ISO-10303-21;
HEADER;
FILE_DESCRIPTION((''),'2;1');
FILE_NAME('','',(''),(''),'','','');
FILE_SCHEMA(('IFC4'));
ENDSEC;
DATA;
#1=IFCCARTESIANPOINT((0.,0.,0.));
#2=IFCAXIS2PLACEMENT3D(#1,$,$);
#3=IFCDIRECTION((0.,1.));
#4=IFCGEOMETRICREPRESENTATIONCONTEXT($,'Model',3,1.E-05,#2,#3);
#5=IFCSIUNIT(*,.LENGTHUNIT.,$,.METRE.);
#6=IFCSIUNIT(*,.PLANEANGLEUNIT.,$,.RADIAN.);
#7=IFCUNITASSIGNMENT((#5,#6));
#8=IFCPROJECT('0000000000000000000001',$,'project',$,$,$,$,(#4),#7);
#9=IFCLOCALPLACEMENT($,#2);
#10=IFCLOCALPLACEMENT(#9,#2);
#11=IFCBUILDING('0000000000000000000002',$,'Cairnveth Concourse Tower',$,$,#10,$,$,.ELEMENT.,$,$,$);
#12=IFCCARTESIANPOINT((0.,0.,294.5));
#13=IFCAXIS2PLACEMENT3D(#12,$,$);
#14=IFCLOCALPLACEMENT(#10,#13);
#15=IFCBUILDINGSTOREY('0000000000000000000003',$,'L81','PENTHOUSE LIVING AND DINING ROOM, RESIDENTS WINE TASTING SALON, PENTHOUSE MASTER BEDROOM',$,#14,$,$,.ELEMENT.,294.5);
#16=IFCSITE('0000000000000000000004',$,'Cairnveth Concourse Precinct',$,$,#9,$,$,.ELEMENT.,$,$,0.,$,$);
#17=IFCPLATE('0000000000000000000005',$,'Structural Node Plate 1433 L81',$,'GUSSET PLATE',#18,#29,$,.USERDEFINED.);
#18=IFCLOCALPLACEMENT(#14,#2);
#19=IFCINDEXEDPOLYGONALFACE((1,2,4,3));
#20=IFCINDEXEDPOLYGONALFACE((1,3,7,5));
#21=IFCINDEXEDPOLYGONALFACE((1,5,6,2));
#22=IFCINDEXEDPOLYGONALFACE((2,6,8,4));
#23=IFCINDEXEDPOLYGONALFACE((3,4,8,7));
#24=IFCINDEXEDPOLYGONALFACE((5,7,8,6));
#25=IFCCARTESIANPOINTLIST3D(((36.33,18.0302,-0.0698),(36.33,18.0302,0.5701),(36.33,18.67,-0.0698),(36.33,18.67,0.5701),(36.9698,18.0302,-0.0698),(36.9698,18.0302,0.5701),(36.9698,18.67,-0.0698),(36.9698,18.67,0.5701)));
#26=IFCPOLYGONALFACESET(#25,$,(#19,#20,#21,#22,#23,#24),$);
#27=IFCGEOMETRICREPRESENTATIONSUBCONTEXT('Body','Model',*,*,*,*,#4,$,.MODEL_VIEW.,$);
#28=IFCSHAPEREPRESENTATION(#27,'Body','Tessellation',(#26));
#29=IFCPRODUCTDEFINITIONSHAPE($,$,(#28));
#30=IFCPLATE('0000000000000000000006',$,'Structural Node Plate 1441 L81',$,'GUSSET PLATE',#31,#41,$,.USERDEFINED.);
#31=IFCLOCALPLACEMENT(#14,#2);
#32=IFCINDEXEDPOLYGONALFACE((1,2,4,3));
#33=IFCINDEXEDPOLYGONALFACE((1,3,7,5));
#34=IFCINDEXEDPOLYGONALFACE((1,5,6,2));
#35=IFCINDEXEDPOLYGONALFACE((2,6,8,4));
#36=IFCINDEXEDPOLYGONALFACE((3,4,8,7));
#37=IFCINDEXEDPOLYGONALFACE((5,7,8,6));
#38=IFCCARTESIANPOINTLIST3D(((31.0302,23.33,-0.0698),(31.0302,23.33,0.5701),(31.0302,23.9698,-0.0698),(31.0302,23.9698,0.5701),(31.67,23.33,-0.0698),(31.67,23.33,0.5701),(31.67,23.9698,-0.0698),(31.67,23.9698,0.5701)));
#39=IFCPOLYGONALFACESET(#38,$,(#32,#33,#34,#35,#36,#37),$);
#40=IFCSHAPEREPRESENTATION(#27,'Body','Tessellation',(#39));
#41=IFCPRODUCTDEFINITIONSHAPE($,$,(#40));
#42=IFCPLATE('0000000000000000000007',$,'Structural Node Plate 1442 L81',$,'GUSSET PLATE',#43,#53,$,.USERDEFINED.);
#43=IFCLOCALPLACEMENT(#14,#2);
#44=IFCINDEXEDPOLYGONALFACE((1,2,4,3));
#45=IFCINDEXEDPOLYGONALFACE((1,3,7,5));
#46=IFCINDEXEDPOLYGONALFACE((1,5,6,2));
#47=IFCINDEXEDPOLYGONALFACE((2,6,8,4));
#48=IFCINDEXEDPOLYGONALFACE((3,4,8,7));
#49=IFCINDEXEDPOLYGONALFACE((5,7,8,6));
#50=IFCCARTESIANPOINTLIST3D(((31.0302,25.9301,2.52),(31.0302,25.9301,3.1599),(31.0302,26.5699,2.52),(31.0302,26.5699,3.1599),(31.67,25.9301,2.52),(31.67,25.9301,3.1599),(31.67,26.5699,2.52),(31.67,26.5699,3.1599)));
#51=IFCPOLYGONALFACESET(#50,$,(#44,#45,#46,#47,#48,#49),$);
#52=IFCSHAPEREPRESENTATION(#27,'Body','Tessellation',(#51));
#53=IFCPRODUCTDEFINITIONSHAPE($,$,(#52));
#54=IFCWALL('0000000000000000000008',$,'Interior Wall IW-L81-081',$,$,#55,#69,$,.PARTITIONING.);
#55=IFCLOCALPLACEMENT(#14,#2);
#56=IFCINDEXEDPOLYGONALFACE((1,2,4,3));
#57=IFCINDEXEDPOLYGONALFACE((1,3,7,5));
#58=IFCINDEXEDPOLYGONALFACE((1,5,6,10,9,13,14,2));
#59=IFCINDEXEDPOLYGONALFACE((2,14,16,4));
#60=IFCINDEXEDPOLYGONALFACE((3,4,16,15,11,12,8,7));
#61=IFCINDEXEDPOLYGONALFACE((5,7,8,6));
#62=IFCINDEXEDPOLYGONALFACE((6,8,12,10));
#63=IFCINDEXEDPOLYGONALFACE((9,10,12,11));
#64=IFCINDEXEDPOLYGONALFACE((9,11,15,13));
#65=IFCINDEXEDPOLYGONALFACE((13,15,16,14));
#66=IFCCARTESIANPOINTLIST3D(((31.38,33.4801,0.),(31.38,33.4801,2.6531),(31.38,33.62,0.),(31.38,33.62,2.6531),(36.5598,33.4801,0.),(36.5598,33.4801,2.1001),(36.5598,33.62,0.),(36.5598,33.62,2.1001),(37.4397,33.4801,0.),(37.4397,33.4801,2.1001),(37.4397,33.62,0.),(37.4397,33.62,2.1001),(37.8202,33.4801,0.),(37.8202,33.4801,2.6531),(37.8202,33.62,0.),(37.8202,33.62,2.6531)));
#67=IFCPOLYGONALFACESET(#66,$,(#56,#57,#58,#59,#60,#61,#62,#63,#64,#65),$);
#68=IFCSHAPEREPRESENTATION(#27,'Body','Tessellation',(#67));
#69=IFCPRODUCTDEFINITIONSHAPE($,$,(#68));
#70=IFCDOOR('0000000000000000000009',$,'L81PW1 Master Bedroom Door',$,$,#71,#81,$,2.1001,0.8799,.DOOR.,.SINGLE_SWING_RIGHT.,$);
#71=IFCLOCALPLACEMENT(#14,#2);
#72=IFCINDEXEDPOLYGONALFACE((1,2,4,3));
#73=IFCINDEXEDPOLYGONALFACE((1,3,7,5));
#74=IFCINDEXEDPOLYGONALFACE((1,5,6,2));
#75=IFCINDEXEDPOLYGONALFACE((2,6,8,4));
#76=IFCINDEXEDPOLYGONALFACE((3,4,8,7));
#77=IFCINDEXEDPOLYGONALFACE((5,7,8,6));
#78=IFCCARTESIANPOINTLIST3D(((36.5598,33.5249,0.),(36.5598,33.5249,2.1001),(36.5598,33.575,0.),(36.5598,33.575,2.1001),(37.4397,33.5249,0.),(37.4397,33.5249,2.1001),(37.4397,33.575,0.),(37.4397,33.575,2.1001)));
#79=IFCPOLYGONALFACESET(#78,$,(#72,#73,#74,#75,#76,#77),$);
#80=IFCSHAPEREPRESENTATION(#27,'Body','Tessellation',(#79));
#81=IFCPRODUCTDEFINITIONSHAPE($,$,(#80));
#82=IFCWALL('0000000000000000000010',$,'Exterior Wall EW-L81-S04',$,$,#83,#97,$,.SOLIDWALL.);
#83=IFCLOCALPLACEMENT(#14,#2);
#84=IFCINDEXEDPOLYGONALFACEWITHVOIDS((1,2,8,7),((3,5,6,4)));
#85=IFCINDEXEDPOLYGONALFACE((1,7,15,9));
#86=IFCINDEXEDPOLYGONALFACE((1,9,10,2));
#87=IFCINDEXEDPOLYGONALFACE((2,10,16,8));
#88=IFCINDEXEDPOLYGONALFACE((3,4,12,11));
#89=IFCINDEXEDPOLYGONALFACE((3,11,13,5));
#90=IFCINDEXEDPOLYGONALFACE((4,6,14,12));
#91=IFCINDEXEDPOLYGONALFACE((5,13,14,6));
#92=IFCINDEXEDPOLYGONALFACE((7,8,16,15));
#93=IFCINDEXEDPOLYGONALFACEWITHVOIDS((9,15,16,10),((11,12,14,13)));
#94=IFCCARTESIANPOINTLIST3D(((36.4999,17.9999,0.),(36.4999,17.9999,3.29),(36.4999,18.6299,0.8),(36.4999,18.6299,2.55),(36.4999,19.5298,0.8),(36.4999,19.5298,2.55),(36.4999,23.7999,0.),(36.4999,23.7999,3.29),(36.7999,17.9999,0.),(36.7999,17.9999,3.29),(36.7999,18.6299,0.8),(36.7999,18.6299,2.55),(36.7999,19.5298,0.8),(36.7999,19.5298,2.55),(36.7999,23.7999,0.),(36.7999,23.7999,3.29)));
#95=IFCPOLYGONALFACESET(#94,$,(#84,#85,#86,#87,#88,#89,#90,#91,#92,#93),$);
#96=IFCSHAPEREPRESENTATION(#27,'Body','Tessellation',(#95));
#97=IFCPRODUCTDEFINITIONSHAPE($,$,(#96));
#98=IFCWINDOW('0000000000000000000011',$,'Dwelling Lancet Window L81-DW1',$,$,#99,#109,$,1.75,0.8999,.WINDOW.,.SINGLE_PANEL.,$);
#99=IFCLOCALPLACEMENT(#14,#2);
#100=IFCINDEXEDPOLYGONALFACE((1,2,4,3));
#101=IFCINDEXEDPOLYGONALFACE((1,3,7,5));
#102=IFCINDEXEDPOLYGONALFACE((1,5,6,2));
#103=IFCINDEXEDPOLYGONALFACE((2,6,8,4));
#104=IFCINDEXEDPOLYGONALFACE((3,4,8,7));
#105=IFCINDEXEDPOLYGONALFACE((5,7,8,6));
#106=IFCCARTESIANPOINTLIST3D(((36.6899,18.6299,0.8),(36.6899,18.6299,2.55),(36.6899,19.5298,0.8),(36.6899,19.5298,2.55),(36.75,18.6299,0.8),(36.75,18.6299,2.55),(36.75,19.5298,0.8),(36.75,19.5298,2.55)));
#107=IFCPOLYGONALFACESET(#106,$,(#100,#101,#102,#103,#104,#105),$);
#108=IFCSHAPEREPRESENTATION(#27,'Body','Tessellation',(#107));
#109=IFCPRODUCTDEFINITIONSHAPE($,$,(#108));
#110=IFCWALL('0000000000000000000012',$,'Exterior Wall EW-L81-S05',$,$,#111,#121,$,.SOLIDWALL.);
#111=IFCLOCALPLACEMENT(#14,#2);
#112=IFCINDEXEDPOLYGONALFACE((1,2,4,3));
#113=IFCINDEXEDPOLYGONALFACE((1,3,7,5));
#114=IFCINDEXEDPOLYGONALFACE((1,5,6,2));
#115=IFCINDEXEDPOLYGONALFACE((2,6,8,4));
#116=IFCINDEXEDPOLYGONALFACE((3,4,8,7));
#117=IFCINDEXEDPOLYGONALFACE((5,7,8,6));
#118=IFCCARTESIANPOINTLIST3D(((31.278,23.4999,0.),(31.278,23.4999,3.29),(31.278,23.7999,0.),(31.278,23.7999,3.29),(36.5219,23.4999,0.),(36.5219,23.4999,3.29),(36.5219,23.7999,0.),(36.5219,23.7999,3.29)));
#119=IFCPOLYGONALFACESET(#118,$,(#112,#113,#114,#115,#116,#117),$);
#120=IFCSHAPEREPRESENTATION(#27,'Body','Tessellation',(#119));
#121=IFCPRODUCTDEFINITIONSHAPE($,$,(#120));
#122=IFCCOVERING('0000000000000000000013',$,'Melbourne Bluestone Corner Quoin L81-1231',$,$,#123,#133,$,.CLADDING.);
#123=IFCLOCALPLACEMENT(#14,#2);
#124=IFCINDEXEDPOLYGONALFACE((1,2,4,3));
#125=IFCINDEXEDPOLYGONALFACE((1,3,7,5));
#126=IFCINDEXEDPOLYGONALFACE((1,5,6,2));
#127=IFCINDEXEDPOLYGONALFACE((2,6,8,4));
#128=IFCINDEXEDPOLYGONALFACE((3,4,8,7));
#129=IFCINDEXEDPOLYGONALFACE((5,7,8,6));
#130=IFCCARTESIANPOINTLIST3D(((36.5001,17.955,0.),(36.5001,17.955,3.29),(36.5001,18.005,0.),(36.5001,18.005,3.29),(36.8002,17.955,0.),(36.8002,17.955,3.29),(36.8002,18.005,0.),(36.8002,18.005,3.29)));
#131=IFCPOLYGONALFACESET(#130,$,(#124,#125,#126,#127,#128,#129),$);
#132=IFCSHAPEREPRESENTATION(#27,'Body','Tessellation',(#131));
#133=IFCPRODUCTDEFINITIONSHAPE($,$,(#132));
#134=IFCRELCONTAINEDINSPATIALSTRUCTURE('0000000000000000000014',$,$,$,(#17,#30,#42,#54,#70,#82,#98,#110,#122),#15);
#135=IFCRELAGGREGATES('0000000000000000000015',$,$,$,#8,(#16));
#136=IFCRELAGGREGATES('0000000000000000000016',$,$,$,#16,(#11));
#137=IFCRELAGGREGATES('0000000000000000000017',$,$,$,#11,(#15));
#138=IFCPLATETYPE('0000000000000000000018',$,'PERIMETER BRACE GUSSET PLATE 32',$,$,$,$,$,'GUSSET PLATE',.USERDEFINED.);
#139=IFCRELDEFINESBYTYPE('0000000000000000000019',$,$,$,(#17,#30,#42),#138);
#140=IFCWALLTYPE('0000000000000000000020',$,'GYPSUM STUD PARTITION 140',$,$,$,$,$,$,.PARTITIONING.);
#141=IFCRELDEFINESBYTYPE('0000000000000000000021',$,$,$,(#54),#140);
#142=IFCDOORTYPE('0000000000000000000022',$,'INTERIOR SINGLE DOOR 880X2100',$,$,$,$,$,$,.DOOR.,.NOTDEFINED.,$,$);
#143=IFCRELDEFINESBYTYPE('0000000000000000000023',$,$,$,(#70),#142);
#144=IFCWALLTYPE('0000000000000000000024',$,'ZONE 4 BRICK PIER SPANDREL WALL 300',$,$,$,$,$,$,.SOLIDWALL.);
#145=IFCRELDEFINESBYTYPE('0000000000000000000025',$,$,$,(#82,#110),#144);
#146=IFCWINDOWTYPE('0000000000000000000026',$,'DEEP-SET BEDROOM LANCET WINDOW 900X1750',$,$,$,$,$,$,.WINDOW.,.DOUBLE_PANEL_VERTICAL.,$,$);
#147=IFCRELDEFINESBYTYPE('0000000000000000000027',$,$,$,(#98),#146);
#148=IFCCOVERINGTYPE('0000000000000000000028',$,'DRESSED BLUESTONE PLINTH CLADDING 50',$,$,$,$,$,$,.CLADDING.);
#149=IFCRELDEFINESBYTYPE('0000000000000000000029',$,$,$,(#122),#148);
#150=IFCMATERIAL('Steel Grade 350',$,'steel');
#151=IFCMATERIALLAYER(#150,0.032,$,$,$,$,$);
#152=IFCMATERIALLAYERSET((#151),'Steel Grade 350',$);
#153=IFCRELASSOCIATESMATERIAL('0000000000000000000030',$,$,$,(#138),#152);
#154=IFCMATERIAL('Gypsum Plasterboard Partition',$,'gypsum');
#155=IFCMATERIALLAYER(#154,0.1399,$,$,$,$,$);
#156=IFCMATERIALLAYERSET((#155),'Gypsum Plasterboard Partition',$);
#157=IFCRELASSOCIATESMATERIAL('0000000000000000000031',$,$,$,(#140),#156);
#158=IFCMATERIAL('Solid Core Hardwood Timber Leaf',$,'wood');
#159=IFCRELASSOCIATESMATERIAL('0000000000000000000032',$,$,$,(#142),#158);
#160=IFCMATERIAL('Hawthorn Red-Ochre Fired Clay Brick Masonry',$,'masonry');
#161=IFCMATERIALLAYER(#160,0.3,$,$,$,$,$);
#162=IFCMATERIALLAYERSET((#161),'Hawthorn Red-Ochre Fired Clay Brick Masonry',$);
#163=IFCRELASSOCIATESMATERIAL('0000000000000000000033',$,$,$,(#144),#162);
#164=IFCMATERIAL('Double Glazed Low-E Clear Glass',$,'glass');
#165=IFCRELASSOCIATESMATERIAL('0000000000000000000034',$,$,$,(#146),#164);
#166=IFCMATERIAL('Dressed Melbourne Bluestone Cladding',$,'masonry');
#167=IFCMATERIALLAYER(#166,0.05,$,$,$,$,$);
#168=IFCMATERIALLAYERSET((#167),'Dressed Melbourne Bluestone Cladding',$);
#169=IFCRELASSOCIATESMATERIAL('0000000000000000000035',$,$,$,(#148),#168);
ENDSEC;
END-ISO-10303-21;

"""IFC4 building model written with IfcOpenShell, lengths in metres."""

from ifc_helpers import new_model, si_unit, direction, frame, frame_2d, origin, origin_2d, place, context, subcontext, project, spatial, rectangle, extrude, material, layer, layer_set, type_object, element, fill, save


model = new_model("IFC4")

# Units and contexts
model_context = context("Model", 3, precision=1e-05, world=origin(), true_north=direction((0.0, 1.0)))
body_context = subcontext(model_context, "Body", "Model", "MODEL_VIEW")
ifc_project = project(units=[si_unit("LENGTHUNIT", "METRE"), si_unit("PLANEANGLEUNIT", "RADIAN")], contexts=[model_context])

# Site, building, storey
site_placement = place(None, origin())
site = spatial("IfcSite", under=ifc_project, at=site_placement, Name="Cairnveth Concourse Precinct", CompositionType="ELEMENT", RefElevation=0.0)
building_placement = place(site_placement, origin())
building = spatial("IfcBuilding", under=site, at=building_placement, Name="Cairnveth Concourse Tower", CompositionType="ELEMENT")
storey_placement = place(building_placement, frame((0.0, 0.0, 294.5)))
storey = spatial("IfcBuildingStorey", under=building, at=storey_placement, Name="L81", Description="PENTHOUSE LIVING AND DINING ROOM, RESIDENTS WINE TASTING SALON, PENTHOUSE MASTER BEDROOM", CompositionType="ELEMENT", Elevation=294.5)

# Shared definitions
ifc_material_1 = material(Name="Steel Grade 350", Category="steel")

# Plates
ifc_layer_1 = layer(ifc_material_1, 0.032)
ifc_layer_set_1 = layer_set([ifc_layer_1], Name="Steel Grade 350")
plate_type = type_object("IfcPlateType", Name="PERIMETER BRACE GUSSET PLATE 32", ElementType="GUSSET PLATE", PredefinedType="USERDEFINED", material=ifc_layer_set_1)
for number, where, z_axis, x_axis, name in (
    (1, (36.6499, 18.3501, -0.0698), (0.0, 0.0, 1.0), (1.0, 0.0, 0.0), "Structural Node Plate 1433 L81"),
    (2, (31.3501, 23.6499, -0.0698), (0.0, 0.0, 1.0), (1.0, 0.0, 0.0), "Structural Node Plate 1441 L81"),
    (3, (31.3501, 26.25, 2.52), (0.0, 0.0, 1.0), (1.0, 0.0, 0.0), "Structural Node Plate 1442 L81"),
):
    element("IfcPlate", number, at=place(storey_placement, frame(where, z_axis=z_axis, x_axis=x_axis)), inside=storey, type_object=plate_type, Name=name, ObjectType="GUSSET PLATE", PredefinedType="USERDEFINED", context=body_context, shape_type="SweptSolid", body=[
        extrude(rectangle(XDim=0.6399, YDim=0.6399, at=origin_2d()), origin(), (0.0, 0.0, 1.0), 0.6399),
    ])

# Wall, opening, door
ifc_material_2 = material(Name="Gypsum Plasterboard Partition", Category="gypsum")
ifc_layer_2 = layer(ifc_material_2, 0.1399)
ifc_layer_set_2 = layer_set([ifc_layer_2], Name="Gypsum Plasterboard Partition")
wall_type_1 = type_object("IfcWallType", Name="GYPSUM STUD PARTITION 140", PredefinedType="PARTITIONING", material=ifc_layer_set_2)
wall_1_placement = place(storey_placement, frame((31.3799, 33.55, 0.0), z_axis=(0.0, 0.0, 1.0), x_axis=(1.0, 0.0, 0.0)))
wall_1 = element("IfcWall", 4, at=wall_1_placement, inside=storey, type_object=wall_type_1, Name="Interior Wall IW-L81-081", PredefinedType="PARTITIONING", context=body_context, shape_type="SweptSolid", body=[
    extrude(rectangle(XDim=6.4402, YDim=0.1399, at=frame_2d((3.2202, 0.0))), origin(), (0.0, 0.0, 1.0), 2.6531),
])
opening_1_placement = place(wall_1_placement, frame((5.1799, 0.0, 0.0)))
opening_1 = element("IfcOpeningElement", 5, at=opening_1_placement, cuts=wall_1, PredefinedType="OPENING", context=body_context, shape_type="SweptSolid", body=[
    extrude(rectangle(XDim=0.8799, YDim=2.1001, at=frame_2d((0.4399, 1.05))), frame((0.0, 0.0798, 0.0), z_axis=(0.0, -1.0, 0.0), x_axis=(1.0, 0.0, 0.0)), (0.0, 0.0, 1.0), 0.1599),
])
ifc_material_3 = material(Name="Solid Core Hardwood Timber Leaf", Category="wood")
door_type = type_object("IfcDoorType", Name="INTERIOR SINGLE DOOR 880X2100", OperationType="NOTDEFINED", PredefinedType="DOOR", material=ifc_material_3)
door_placement = place(opening_1_placement, origin())
door = element("IfcDoor", 6, at=door_placement, inside=storey, type_object=door_type, Name="L81PW1 Master Bedroom Door", OperationType="SINGLE_SWING_RIGHT", OverallHeight=2.1001, OverallWidth=0.8799, PredefinedType="DOOR", context=body_context, shape_type="SweptSolid", body=[
    extrude(rectangle(XDim=0.8799, YDim=2.1001, at=frame_2d((0.4399, 1.05))), frame((0.0, 0.0249, 0.0), z_axis=(0.0, -1.0, 0.0), x_axis=(1.0, 0.0, 0.0)), (0.0, 0.0, 1.0), 0.05),
])
fill(opening_1, door)

# Wall, opening, window
ifc_material_4 = material(Name="Hawthorn Red-Ochre Fired Clay Brick Masonry", Category="masonry")
ifc_layer_3 = layer(ifc_material_4, 0.3)
ifc_layer_set_3 = layer_set([ifc_layer_3], Name="Hawthorn Red-Ochre Fired Clay Brick Masonry")
wall_type_2 = type_object("IfcWallType", Name="ZONE 4 BRICK PIER SPANDREL WALL 300", PredefinedType="SOLIDWALL", material=ifc_layer_set_3)
wall_2_placement = place(storey_placement, frame((36.6499, 18.0, 0.0), z_axis=(0.0, 0.0, 1.0), x_axis=(0.0, 1.0, 0.0)))
wall_2 = element("IfcWall", 7, at=wall_2_placement, inside=storey, type_object=wall_type_2, Name="Exterior Wall EW-L81-S04", PredefinedType="SOLIDWALL", context=body_context, shape_type="SweptSolid", body=[
    extrude(rectangle(XDim=5.8, YDim=0.3, at=frame_2d((2.8999, 0.0))), origin(), (0.0, 0.0, 1.0), 3.29),
])
opening_2_placement = place(wall_2_placement, frame((0.6299, 0.0, 0.8)))
opening_2 = element("IfcOpeningElement", 8, at=opening_2_placement, cuts=wall_2, PredefinedType="OPENING", context=body_context, shape_type="SweptSolid", body=[
    extrude(rectangle(XDim=0.8999, YDim=1.75, at=frame_2d((0.45, 0.875))), frame((0.0, 0.1599, 0.0), z_axis=(0.0, -1.0, 0.0), x_axis=(1.0, 0.0, 0.0)), (0.0, 0.0, 1.0), 0.3201),
])
ifc_material_5 = material(Name="Double Glazed Low-E Clear Glass", Category="glass")
window_type = type_object("IfcWindowType", Name="DEEP-SET BEDROOM LANCET WINDOW 900X1750", PartitioningType="DOUBLE_PANEL_VERTICAL", PredefinedType="WINDOW", material=ifc_material_5)
window_placement = place(opening_2_placement, origin())
window = element("IfcWindow", 9, at=window_placement, inside=storey, type_object=window_type, Name="Dwelling Lancet Window L81-DW1", OverallHeight=1.75, OverallWidth=0.8999, PartitioningType="SINGLE_PANEL", PredefinedType="WINDOW", context=body_context, shape_type="SweptSolid", body=[
    extrude(rectangle(XDim=0.8999, YDim=1.75, at=frame_2d((0.45, 0.875))), frame((0.0, -0.04, 0.0), z_axis=(0.0, -1.0, 0.0), x_axis=(1.0, 0.0, 0.0)), (0.0, 0.0, 1.0), 0.0601),
])
fill(opening_2, window)

# Wall
wall_3_placement = place(storey_placement, frame((36.522, 23.6499, 0.0), z_axis=(0.0, 0.0, 1.0), x_axis=(-1.0, 0.0, 0.0)))
element("IfcWall", 10, at=wall_3_placement, inside=storey, type_object=wall_type_2, Name="Exterior Wall EW-L81-S05", PredefinedType="SOLIDWALL", context=body_context, shape_type="SweptSolid", body=[
    extrude(rectangle(XDim=5.2439, YDim=0.3, at=frame_2d((2.6221, 0.0))), origin(), (0.0, 0.0, 1.0), 3.29),
])

# Covering
ifc_material_6 = material(Name="Dressed Melbourne Bluestone Cladding", Category="masonry")
ifc_layer_4 = layer(ifc_material_6, 0.05)
ifc_layer_set_4 = layer_set([ifc_layer_4], Name="Dressed Melbourne Bluestone Cladding")
covering_type = type_object("IfcCoveringType", Name="DRESSED BLUESTONE PLINTH CLADDING 50", PredefinedType="CLADDING", material=ifc_layer_set_4)
covering_placement = place(storey_placement, frame((36.8, 17.98, 0.0), z_axis=(0.0, 0.0, 1.0), x_axis=(-1.0, 0.0, 0.0)))
element("IfcCovering", 11, at=covering_placement, inside=storey, type_object=covering_type, Name="Melbourne Bluestone Corner Quoin L81-1231", PredefinedType="CLADDING", context=body_context, shape_type="SweptSolid", body=[
    extrude(rectangle(XDim=0.3, YDim=0.05, at=frame_2d((0.1499, 0.0))), origin(), (0.0, 0.0, 1.0), 3.29),
])

save(model, "model.ifc")
